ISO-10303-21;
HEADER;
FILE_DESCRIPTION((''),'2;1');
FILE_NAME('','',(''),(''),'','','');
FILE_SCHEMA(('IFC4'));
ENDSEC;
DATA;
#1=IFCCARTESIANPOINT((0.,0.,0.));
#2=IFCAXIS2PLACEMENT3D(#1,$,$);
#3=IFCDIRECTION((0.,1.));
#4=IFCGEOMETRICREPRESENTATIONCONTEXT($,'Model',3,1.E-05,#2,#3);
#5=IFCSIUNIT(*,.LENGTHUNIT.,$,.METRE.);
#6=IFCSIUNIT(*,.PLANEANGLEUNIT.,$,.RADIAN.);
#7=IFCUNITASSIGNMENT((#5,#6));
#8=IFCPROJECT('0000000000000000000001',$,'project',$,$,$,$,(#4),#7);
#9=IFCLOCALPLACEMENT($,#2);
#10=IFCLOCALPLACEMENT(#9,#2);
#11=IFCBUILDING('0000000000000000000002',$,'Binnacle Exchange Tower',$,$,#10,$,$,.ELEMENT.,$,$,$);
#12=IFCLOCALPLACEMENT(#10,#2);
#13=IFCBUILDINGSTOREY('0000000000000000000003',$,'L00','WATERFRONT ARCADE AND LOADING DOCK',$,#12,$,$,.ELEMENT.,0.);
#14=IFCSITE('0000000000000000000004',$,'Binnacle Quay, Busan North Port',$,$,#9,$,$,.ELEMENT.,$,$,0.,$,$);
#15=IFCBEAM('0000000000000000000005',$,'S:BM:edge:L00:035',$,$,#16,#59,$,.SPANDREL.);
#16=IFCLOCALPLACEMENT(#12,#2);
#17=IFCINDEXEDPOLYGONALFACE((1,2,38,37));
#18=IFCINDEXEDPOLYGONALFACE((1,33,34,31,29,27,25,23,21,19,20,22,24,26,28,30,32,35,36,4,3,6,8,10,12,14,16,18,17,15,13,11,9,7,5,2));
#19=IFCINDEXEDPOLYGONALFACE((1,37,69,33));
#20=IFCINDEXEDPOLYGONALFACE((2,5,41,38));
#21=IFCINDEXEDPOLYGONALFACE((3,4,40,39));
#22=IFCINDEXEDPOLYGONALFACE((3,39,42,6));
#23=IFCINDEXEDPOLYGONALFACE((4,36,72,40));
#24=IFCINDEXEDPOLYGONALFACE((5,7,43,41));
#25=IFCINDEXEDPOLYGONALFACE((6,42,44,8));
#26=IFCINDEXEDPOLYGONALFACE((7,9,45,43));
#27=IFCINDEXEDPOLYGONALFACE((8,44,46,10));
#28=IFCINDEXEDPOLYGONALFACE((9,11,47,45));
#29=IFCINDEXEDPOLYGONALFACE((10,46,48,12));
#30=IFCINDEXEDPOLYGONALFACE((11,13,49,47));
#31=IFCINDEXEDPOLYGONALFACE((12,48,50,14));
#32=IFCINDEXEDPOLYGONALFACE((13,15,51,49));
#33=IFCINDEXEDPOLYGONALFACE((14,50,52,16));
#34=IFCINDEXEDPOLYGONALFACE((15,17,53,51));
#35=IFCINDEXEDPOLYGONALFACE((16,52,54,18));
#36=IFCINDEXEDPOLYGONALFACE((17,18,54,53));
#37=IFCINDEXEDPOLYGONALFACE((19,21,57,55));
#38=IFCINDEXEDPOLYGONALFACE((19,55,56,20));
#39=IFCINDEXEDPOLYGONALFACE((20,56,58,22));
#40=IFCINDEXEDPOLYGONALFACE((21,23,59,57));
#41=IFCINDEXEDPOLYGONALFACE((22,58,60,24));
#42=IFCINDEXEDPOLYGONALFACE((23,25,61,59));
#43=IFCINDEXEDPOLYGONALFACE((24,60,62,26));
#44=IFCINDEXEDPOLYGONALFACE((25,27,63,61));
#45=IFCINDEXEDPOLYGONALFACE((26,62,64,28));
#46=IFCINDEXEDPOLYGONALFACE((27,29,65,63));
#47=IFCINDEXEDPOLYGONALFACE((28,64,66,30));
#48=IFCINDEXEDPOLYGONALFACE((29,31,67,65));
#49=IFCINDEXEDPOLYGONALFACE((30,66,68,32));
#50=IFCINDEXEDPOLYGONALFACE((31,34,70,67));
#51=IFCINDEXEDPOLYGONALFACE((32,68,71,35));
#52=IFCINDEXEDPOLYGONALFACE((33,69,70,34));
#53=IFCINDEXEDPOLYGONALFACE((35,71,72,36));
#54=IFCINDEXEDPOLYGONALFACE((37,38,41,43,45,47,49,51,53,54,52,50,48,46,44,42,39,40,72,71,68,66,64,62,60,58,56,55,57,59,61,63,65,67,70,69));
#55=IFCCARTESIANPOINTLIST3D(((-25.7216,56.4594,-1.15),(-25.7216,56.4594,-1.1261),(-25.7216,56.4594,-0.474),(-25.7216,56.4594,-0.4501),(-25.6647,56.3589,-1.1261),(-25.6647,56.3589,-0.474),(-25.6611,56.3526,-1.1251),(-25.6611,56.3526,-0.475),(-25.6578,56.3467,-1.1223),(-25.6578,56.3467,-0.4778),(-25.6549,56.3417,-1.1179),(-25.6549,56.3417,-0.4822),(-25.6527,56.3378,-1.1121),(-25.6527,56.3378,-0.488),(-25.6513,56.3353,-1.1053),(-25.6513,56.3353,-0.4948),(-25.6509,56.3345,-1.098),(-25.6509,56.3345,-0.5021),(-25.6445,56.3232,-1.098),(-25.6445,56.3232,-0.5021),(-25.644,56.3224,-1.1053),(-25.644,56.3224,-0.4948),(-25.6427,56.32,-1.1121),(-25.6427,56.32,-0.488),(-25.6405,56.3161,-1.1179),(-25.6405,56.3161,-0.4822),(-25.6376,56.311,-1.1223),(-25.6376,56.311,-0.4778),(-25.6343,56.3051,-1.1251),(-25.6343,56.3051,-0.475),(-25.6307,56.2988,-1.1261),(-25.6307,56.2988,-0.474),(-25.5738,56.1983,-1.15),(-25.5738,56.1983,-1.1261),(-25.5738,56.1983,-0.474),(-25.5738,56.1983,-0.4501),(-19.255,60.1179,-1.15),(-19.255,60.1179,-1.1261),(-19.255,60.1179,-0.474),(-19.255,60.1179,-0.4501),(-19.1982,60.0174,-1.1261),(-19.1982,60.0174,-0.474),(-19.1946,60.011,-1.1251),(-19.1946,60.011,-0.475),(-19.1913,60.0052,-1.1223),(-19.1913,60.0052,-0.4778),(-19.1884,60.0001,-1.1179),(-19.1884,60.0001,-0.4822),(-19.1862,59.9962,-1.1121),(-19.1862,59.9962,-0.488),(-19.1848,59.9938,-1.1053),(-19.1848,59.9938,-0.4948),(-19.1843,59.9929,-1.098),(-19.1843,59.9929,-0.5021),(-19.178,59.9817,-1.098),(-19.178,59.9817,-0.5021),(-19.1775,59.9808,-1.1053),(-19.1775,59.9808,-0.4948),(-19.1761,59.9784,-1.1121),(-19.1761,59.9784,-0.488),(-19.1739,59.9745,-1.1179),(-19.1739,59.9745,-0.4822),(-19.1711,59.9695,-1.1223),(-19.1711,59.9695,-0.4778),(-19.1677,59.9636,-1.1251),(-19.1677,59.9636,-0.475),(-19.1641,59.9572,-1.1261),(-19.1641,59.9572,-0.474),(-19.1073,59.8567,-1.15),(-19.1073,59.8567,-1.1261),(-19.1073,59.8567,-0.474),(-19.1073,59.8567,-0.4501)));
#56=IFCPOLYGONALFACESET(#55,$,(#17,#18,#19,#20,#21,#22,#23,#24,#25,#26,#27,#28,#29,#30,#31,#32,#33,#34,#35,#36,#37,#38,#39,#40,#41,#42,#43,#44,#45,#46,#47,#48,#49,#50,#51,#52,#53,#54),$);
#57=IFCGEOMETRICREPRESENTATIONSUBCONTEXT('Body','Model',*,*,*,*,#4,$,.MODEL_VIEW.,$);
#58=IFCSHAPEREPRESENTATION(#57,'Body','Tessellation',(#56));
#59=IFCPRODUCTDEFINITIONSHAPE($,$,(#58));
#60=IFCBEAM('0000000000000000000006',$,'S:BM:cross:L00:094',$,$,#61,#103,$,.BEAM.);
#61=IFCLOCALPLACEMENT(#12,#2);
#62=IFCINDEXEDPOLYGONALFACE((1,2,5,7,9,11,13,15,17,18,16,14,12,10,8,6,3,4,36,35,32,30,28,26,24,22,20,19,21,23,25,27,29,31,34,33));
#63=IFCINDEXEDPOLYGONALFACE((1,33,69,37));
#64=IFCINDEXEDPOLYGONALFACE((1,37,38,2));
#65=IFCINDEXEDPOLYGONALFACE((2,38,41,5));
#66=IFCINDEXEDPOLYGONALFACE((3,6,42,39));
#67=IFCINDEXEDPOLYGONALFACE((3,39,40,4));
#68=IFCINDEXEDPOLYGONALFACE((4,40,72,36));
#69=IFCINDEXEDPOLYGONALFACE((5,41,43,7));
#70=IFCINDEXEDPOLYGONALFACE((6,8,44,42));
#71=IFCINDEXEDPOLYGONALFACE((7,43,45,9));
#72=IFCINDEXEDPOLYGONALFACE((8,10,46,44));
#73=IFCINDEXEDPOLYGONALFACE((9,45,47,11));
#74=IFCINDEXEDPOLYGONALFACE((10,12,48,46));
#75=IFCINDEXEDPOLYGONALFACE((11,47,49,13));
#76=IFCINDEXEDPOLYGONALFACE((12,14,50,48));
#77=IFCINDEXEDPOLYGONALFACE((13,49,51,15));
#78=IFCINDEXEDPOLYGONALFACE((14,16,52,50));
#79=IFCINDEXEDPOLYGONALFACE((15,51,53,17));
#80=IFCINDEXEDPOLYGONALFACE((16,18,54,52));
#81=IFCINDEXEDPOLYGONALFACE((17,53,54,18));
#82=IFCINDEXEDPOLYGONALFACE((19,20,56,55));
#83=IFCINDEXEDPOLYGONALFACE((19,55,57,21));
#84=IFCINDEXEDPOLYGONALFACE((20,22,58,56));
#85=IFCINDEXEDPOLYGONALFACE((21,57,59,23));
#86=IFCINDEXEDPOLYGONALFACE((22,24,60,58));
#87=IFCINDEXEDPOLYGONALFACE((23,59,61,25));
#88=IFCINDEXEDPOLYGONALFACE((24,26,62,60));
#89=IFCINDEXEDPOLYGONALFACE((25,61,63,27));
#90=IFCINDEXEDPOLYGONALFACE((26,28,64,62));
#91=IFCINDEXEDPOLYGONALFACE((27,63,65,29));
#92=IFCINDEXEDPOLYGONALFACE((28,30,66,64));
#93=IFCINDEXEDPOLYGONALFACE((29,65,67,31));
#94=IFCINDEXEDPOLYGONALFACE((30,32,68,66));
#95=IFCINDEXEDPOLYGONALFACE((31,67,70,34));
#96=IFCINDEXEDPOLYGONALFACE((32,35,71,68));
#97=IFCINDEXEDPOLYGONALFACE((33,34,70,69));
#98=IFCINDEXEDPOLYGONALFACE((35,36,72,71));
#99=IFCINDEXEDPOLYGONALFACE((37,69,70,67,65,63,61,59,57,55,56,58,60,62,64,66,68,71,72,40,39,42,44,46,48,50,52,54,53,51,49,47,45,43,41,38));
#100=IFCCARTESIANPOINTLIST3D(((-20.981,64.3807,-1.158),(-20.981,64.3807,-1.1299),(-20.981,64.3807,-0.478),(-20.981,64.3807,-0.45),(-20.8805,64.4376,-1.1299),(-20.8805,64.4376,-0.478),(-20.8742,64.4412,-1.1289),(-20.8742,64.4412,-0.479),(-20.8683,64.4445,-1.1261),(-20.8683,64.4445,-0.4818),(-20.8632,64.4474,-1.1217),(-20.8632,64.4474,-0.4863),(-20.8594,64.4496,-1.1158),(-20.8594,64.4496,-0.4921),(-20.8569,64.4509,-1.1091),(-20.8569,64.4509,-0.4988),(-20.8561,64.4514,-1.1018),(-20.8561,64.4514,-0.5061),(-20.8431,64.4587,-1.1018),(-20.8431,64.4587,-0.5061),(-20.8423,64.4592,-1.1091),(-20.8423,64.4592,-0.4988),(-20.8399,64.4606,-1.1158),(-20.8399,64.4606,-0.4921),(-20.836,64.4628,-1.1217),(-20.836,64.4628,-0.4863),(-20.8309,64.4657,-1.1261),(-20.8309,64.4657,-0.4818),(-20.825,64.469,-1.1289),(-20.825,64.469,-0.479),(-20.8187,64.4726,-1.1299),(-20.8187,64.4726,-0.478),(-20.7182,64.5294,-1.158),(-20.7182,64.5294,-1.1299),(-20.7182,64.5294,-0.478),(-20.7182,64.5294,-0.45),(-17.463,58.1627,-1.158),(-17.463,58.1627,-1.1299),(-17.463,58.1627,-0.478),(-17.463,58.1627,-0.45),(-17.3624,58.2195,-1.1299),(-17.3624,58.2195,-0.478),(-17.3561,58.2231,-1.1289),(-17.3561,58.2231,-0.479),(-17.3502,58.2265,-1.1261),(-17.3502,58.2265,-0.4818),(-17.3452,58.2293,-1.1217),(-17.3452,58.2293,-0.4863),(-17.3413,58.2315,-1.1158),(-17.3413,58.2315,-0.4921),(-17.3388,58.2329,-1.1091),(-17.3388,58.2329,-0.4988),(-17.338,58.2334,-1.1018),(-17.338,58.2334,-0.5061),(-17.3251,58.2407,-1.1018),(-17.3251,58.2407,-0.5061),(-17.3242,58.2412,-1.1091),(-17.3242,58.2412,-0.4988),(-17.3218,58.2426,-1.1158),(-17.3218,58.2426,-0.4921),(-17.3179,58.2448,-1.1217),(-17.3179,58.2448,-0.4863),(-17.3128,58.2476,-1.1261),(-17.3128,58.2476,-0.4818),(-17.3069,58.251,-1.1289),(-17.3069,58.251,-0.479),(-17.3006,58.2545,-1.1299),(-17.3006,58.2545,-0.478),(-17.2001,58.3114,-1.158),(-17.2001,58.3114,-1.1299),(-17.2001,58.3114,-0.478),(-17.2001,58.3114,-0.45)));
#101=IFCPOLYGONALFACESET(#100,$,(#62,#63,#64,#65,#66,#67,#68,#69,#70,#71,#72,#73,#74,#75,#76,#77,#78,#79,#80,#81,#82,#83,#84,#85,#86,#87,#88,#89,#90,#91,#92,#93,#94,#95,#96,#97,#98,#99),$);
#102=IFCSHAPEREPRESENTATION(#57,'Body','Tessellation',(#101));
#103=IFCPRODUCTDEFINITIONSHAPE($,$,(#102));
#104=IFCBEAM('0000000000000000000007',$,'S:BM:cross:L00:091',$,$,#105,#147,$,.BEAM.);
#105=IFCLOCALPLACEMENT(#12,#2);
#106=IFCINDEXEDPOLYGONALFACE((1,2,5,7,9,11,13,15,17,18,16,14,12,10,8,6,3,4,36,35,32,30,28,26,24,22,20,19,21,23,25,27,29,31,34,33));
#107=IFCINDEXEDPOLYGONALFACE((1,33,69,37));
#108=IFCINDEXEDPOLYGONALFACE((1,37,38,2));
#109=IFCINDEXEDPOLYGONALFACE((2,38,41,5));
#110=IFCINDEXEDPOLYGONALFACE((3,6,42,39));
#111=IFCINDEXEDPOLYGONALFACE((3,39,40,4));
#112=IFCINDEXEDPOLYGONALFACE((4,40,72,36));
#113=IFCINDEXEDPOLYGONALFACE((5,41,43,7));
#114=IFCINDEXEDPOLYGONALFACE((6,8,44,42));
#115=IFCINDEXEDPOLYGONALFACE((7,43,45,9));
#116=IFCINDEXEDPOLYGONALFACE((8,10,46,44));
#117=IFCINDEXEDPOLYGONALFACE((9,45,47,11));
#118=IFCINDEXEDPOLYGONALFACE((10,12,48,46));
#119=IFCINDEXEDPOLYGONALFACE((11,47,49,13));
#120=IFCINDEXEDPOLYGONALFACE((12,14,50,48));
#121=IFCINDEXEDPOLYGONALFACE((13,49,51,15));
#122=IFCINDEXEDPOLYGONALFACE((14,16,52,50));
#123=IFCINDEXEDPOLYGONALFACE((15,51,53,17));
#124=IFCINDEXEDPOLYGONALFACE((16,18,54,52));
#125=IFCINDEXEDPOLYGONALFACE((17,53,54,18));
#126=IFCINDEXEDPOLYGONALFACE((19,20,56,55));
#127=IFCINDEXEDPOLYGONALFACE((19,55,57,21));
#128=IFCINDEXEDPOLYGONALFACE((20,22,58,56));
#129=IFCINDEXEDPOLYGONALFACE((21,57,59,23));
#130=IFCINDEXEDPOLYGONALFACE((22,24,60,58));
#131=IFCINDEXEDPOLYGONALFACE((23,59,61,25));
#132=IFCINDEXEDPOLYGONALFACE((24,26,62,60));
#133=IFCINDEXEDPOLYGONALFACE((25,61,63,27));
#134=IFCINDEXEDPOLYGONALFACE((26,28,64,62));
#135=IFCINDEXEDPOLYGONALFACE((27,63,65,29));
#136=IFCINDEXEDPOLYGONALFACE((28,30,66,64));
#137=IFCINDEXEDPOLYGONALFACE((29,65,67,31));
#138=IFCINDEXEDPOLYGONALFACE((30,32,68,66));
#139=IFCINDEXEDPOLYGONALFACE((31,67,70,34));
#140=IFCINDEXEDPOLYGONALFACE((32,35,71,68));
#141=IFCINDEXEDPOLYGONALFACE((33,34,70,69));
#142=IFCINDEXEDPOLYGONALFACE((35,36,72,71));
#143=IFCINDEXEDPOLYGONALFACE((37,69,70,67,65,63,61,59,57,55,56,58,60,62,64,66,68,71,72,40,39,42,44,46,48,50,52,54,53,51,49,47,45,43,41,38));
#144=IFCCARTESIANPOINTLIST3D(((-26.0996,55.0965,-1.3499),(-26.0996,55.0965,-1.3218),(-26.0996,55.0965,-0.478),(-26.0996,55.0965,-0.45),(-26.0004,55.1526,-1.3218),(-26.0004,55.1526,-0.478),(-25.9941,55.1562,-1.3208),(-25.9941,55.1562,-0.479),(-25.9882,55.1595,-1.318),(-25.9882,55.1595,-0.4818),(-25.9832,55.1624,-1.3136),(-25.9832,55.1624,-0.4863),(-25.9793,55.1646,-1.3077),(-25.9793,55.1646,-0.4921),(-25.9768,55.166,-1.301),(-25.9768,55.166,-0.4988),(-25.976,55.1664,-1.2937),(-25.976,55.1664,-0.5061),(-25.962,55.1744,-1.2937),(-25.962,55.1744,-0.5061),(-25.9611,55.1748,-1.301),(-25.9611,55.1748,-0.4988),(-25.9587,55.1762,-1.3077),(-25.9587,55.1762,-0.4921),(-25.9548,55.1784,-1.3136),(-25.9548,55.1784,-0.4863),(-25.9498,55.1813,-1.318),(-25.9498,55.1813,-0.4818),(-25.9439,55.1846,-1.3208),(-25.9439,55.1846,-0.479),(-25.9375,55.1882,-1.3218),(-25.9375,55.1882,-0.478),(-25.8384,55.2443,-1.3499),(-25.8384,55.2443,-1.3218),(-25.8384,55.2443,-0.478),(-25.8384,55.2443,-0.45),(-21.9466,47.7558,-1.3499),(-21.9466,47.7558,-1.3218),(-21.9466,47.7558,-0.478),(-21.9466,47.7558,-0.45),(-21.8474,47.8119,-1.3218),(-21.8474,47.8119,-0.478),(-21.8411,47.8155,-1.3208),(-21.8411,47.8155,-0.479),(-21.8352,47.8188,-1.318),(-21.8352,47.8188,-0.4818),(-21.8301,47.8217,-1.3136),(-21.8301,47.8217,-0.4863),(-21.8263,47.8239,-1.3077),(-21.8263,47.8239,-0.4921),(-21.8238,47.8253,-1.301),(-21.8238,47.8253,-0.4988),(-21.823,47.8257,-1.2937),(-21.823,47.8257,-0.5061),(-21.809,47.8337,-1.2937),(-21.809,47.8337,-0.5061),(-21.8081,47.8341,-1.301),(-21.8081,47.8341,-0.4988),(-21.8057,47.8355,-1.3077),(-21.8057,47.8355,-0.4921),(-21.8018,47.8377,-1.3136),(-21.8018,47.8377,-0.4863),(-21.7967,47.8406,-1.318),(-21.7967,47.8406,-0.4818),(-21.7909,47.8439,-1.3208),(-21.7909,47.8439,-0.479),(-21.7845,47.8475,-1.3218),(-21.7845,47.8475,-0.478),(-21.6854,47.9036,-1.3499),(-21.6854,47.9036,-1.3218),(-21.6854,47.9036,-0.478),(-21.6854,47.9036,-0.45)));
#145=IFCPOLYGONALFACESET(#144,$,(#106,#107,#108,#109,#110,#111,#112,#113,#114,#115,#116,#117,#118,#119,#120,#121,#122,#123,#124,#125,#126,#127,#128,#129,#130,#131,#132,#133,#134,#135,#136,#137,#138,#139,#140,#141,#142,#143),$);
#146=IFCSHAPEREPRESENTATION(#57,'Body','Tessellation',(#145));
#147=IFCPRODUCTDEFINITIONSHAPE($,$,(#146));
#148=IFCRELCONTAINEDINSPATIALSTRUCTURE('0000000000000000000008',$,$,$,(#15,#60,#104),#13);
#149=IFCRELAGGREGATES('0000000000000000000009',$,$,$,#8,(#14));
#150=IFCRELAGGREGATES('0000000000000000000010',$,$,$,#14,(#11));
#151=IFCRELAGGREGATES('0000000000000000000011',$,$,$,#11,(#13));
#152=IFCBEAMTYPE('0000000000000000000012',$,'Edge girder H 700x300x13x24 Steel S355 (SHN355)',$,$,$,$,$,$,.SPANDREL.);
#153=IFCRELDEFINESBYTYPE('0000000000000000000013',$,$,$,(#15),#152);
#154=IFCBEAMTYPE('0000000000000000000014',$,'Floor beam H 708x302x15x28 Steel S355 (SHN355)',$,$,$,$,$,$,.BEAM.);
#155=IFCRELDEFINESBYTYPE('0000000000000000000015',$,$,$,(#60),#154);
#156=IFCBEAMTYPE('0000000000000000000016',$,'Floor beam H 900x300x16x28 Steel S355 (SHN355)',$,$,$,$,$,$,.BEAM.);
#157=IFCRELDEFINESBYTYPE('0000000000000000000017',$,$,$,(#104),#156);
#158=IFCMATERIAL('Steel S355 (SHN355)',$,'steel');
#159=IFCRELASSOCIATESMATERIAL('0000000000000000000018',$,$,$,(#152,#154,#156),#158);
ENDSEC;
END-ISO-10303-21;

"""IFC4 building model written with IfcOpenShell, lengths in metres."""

from ifc_helpers import new_model, si_unit, direction, frame, origin, origin_2d, place, context, subcontext, project, spatial, i_section, extrude, material, material_profile, profile_set, type_object, element, save


model = new_model("IFC4")

# Units and contexts
model_context = context("Model", 3, precision=1e-05, world=origin(), true_north=direction((0.0, 1.0)))
body_context = subcontext(model_context, "Body", "Model", "MODEL_VIEW")
ifc_project = project(units=[si_unit("LENGTHUNIT", "METRE"), si_unit("PLANEANGLEUNIT", "RADIAN")], contexts=[model_context])

# Site, building, storey
site_placement = place(None, origin())
site = spatial("IfcSite", under=ifc_project, at=site_placement, Name="Binnacle Quay, Busan North Port", CompositionType="ELEMENT", RefElevation=0.0)
building_placement = place(site_placement, origin())
building = spatial("IfcBuilding", under=site, at=building_placement, Name="Binnacle Exchange Tower", CompositionType="ELEMENT")
storey_placement = place(building_placement, origin())
storey = spatial("IfcBuildingStorey", under=building, at=storey_placement, Name="L00", Description="WATERFRONT ARCADE AND LOADING DOCK", CompositionType="ELEMENT", Elevation=0.0)

# Beams
ifc_material_1 = material(Name="Steel S355 (SHN355)", Category="steel")
ifc_material_profile_1 = material_profile(ifc_material_1, i_section(OverallWidth=0.3, OverallDepth=0.7, WebThickness=0.0129, FlangeThickness=0.0239, FilletRadius=0.0281, at=origin_2d()), Name="H 700x300x13x24")
ifc_profile_set_1 = profile_set([ifc_material_profile_1], Name="Steel S355 (SHN355)")
beam_type_1 = type_object("IfcBeamType", Name="Edge girder H 700x300x13x24 Steel S355 (SHN355)", PredefinedType="SPANDREL", material=ifc_profile_set_1)
beam_1_placement = place(storey_placement, frame((-19.1812, 59.9873, -0.8), z_axis=(-0.870364, -0.492408, 0.0), x_axis=(0.492408, -0.870364, 0.0)))
element("IfcBeam", 1, at=beam_1_placement, inside=storey, type_object=beam_type_1, Name="S:BM:edge:L00:035", PredefinedType="SPANDREL", context=body_context, shape_type="SweptSolid", body=[
    extrude(i_section(OverallWidth=0.3, OverallDepth=0.7, WebThickness=0.0129, FlangeThickness=0.0239, FilletRadius=0.0281, at=origin_2d()), origin(), (0.0, 0.0, 1.0), 7.4297),
])
ifc_material_profile_2 = material_profile(ifc_material_1, i_section(OverallWidth=0.302, OverallDepth=0.708, WebThickness=0.0149, FlangeThickness=0.0281, FilletRadius=0.0281, at=origin_2d()), Name="H 708x302x15x28")
ifc_profile_set_2 = profile_set([ifc_material_profile_2], Name="Steel S355 (SHN355)")
beam_type_2 = type_object("IfcBeamType", Name="Floor beam H 708x302x15x28 Steel S355 (SHN355)", PredefinedType="BEAM", material=ifc_profile_set_2)
beam_2_placement = place(storey_placement, frame((-20.8496, 64.4551, -0.804), z_axis=(0.492432, -0.870351, 0.0), x_axis=(0.870351, 0.492432, 0.0)))
element("IfcBeam", 2, at=beam_2_placement, inside=storey, type_object=beam_type_2, Name="S:BM:cross:L00:094", PredefinedType="BEAM", context=body_context, shape_type="SweptSolid", body=[
    extrude(i_section(OverallWidth=0.302, OverallDepth=0.708, WebThickness=0.0149, FlangeThickness=0.0281, FilletRadius=0.0281, at=origin_2d()), origin(), (0.0, 0.0, 1.0), 7.1443),
])
ifc_material_profile_3 = material_profile(ifc_material_1, i_section(OverallWidth=0.3, OverallDepth=0.8999, WebThickness=0.0161, FlangeThickness=0.0281, FilletRadius=0.0281, at=origin_2d()), Name="H 900x300x16x28")
ifc_profile_set_3 = profile_set([ifc_material_profile_3], Name="Steel S355 (SHN355)")
beam_type_3 = type_object("IfcBeamType", Name="Floor beam H 900x300x16x28 Steel S355 (SHN355)", PredefinedType="BEAM", material=ifc_profile_set_3)
beam_3_placement = place(storey_placement, frame((-25.969, 55.1704, -0.8999), z_axis=(0.492409, -0.870364, 0.0), x_axis=(0.870364, 0.492409, 0.0)))
element("IfcBeam", 3, at=beam_3_placement, inside=storey, type_object=beam_type_3, Name="S:BM:cross:L00:091", PredefinedType="BEAM", context=body_context, shape_type="SweptSolid", body=[
    extrude(i_section(OverallWidth=0.3, OverallDepth=0.8999, WebThickness=0.0161, FlangeThickness=0.0281, FilletRadius=0.0281, at=origin_2d()), origin(), (0.0, 0.0, 1.0), 8.4341),
])

save(model, "model.ifc")
